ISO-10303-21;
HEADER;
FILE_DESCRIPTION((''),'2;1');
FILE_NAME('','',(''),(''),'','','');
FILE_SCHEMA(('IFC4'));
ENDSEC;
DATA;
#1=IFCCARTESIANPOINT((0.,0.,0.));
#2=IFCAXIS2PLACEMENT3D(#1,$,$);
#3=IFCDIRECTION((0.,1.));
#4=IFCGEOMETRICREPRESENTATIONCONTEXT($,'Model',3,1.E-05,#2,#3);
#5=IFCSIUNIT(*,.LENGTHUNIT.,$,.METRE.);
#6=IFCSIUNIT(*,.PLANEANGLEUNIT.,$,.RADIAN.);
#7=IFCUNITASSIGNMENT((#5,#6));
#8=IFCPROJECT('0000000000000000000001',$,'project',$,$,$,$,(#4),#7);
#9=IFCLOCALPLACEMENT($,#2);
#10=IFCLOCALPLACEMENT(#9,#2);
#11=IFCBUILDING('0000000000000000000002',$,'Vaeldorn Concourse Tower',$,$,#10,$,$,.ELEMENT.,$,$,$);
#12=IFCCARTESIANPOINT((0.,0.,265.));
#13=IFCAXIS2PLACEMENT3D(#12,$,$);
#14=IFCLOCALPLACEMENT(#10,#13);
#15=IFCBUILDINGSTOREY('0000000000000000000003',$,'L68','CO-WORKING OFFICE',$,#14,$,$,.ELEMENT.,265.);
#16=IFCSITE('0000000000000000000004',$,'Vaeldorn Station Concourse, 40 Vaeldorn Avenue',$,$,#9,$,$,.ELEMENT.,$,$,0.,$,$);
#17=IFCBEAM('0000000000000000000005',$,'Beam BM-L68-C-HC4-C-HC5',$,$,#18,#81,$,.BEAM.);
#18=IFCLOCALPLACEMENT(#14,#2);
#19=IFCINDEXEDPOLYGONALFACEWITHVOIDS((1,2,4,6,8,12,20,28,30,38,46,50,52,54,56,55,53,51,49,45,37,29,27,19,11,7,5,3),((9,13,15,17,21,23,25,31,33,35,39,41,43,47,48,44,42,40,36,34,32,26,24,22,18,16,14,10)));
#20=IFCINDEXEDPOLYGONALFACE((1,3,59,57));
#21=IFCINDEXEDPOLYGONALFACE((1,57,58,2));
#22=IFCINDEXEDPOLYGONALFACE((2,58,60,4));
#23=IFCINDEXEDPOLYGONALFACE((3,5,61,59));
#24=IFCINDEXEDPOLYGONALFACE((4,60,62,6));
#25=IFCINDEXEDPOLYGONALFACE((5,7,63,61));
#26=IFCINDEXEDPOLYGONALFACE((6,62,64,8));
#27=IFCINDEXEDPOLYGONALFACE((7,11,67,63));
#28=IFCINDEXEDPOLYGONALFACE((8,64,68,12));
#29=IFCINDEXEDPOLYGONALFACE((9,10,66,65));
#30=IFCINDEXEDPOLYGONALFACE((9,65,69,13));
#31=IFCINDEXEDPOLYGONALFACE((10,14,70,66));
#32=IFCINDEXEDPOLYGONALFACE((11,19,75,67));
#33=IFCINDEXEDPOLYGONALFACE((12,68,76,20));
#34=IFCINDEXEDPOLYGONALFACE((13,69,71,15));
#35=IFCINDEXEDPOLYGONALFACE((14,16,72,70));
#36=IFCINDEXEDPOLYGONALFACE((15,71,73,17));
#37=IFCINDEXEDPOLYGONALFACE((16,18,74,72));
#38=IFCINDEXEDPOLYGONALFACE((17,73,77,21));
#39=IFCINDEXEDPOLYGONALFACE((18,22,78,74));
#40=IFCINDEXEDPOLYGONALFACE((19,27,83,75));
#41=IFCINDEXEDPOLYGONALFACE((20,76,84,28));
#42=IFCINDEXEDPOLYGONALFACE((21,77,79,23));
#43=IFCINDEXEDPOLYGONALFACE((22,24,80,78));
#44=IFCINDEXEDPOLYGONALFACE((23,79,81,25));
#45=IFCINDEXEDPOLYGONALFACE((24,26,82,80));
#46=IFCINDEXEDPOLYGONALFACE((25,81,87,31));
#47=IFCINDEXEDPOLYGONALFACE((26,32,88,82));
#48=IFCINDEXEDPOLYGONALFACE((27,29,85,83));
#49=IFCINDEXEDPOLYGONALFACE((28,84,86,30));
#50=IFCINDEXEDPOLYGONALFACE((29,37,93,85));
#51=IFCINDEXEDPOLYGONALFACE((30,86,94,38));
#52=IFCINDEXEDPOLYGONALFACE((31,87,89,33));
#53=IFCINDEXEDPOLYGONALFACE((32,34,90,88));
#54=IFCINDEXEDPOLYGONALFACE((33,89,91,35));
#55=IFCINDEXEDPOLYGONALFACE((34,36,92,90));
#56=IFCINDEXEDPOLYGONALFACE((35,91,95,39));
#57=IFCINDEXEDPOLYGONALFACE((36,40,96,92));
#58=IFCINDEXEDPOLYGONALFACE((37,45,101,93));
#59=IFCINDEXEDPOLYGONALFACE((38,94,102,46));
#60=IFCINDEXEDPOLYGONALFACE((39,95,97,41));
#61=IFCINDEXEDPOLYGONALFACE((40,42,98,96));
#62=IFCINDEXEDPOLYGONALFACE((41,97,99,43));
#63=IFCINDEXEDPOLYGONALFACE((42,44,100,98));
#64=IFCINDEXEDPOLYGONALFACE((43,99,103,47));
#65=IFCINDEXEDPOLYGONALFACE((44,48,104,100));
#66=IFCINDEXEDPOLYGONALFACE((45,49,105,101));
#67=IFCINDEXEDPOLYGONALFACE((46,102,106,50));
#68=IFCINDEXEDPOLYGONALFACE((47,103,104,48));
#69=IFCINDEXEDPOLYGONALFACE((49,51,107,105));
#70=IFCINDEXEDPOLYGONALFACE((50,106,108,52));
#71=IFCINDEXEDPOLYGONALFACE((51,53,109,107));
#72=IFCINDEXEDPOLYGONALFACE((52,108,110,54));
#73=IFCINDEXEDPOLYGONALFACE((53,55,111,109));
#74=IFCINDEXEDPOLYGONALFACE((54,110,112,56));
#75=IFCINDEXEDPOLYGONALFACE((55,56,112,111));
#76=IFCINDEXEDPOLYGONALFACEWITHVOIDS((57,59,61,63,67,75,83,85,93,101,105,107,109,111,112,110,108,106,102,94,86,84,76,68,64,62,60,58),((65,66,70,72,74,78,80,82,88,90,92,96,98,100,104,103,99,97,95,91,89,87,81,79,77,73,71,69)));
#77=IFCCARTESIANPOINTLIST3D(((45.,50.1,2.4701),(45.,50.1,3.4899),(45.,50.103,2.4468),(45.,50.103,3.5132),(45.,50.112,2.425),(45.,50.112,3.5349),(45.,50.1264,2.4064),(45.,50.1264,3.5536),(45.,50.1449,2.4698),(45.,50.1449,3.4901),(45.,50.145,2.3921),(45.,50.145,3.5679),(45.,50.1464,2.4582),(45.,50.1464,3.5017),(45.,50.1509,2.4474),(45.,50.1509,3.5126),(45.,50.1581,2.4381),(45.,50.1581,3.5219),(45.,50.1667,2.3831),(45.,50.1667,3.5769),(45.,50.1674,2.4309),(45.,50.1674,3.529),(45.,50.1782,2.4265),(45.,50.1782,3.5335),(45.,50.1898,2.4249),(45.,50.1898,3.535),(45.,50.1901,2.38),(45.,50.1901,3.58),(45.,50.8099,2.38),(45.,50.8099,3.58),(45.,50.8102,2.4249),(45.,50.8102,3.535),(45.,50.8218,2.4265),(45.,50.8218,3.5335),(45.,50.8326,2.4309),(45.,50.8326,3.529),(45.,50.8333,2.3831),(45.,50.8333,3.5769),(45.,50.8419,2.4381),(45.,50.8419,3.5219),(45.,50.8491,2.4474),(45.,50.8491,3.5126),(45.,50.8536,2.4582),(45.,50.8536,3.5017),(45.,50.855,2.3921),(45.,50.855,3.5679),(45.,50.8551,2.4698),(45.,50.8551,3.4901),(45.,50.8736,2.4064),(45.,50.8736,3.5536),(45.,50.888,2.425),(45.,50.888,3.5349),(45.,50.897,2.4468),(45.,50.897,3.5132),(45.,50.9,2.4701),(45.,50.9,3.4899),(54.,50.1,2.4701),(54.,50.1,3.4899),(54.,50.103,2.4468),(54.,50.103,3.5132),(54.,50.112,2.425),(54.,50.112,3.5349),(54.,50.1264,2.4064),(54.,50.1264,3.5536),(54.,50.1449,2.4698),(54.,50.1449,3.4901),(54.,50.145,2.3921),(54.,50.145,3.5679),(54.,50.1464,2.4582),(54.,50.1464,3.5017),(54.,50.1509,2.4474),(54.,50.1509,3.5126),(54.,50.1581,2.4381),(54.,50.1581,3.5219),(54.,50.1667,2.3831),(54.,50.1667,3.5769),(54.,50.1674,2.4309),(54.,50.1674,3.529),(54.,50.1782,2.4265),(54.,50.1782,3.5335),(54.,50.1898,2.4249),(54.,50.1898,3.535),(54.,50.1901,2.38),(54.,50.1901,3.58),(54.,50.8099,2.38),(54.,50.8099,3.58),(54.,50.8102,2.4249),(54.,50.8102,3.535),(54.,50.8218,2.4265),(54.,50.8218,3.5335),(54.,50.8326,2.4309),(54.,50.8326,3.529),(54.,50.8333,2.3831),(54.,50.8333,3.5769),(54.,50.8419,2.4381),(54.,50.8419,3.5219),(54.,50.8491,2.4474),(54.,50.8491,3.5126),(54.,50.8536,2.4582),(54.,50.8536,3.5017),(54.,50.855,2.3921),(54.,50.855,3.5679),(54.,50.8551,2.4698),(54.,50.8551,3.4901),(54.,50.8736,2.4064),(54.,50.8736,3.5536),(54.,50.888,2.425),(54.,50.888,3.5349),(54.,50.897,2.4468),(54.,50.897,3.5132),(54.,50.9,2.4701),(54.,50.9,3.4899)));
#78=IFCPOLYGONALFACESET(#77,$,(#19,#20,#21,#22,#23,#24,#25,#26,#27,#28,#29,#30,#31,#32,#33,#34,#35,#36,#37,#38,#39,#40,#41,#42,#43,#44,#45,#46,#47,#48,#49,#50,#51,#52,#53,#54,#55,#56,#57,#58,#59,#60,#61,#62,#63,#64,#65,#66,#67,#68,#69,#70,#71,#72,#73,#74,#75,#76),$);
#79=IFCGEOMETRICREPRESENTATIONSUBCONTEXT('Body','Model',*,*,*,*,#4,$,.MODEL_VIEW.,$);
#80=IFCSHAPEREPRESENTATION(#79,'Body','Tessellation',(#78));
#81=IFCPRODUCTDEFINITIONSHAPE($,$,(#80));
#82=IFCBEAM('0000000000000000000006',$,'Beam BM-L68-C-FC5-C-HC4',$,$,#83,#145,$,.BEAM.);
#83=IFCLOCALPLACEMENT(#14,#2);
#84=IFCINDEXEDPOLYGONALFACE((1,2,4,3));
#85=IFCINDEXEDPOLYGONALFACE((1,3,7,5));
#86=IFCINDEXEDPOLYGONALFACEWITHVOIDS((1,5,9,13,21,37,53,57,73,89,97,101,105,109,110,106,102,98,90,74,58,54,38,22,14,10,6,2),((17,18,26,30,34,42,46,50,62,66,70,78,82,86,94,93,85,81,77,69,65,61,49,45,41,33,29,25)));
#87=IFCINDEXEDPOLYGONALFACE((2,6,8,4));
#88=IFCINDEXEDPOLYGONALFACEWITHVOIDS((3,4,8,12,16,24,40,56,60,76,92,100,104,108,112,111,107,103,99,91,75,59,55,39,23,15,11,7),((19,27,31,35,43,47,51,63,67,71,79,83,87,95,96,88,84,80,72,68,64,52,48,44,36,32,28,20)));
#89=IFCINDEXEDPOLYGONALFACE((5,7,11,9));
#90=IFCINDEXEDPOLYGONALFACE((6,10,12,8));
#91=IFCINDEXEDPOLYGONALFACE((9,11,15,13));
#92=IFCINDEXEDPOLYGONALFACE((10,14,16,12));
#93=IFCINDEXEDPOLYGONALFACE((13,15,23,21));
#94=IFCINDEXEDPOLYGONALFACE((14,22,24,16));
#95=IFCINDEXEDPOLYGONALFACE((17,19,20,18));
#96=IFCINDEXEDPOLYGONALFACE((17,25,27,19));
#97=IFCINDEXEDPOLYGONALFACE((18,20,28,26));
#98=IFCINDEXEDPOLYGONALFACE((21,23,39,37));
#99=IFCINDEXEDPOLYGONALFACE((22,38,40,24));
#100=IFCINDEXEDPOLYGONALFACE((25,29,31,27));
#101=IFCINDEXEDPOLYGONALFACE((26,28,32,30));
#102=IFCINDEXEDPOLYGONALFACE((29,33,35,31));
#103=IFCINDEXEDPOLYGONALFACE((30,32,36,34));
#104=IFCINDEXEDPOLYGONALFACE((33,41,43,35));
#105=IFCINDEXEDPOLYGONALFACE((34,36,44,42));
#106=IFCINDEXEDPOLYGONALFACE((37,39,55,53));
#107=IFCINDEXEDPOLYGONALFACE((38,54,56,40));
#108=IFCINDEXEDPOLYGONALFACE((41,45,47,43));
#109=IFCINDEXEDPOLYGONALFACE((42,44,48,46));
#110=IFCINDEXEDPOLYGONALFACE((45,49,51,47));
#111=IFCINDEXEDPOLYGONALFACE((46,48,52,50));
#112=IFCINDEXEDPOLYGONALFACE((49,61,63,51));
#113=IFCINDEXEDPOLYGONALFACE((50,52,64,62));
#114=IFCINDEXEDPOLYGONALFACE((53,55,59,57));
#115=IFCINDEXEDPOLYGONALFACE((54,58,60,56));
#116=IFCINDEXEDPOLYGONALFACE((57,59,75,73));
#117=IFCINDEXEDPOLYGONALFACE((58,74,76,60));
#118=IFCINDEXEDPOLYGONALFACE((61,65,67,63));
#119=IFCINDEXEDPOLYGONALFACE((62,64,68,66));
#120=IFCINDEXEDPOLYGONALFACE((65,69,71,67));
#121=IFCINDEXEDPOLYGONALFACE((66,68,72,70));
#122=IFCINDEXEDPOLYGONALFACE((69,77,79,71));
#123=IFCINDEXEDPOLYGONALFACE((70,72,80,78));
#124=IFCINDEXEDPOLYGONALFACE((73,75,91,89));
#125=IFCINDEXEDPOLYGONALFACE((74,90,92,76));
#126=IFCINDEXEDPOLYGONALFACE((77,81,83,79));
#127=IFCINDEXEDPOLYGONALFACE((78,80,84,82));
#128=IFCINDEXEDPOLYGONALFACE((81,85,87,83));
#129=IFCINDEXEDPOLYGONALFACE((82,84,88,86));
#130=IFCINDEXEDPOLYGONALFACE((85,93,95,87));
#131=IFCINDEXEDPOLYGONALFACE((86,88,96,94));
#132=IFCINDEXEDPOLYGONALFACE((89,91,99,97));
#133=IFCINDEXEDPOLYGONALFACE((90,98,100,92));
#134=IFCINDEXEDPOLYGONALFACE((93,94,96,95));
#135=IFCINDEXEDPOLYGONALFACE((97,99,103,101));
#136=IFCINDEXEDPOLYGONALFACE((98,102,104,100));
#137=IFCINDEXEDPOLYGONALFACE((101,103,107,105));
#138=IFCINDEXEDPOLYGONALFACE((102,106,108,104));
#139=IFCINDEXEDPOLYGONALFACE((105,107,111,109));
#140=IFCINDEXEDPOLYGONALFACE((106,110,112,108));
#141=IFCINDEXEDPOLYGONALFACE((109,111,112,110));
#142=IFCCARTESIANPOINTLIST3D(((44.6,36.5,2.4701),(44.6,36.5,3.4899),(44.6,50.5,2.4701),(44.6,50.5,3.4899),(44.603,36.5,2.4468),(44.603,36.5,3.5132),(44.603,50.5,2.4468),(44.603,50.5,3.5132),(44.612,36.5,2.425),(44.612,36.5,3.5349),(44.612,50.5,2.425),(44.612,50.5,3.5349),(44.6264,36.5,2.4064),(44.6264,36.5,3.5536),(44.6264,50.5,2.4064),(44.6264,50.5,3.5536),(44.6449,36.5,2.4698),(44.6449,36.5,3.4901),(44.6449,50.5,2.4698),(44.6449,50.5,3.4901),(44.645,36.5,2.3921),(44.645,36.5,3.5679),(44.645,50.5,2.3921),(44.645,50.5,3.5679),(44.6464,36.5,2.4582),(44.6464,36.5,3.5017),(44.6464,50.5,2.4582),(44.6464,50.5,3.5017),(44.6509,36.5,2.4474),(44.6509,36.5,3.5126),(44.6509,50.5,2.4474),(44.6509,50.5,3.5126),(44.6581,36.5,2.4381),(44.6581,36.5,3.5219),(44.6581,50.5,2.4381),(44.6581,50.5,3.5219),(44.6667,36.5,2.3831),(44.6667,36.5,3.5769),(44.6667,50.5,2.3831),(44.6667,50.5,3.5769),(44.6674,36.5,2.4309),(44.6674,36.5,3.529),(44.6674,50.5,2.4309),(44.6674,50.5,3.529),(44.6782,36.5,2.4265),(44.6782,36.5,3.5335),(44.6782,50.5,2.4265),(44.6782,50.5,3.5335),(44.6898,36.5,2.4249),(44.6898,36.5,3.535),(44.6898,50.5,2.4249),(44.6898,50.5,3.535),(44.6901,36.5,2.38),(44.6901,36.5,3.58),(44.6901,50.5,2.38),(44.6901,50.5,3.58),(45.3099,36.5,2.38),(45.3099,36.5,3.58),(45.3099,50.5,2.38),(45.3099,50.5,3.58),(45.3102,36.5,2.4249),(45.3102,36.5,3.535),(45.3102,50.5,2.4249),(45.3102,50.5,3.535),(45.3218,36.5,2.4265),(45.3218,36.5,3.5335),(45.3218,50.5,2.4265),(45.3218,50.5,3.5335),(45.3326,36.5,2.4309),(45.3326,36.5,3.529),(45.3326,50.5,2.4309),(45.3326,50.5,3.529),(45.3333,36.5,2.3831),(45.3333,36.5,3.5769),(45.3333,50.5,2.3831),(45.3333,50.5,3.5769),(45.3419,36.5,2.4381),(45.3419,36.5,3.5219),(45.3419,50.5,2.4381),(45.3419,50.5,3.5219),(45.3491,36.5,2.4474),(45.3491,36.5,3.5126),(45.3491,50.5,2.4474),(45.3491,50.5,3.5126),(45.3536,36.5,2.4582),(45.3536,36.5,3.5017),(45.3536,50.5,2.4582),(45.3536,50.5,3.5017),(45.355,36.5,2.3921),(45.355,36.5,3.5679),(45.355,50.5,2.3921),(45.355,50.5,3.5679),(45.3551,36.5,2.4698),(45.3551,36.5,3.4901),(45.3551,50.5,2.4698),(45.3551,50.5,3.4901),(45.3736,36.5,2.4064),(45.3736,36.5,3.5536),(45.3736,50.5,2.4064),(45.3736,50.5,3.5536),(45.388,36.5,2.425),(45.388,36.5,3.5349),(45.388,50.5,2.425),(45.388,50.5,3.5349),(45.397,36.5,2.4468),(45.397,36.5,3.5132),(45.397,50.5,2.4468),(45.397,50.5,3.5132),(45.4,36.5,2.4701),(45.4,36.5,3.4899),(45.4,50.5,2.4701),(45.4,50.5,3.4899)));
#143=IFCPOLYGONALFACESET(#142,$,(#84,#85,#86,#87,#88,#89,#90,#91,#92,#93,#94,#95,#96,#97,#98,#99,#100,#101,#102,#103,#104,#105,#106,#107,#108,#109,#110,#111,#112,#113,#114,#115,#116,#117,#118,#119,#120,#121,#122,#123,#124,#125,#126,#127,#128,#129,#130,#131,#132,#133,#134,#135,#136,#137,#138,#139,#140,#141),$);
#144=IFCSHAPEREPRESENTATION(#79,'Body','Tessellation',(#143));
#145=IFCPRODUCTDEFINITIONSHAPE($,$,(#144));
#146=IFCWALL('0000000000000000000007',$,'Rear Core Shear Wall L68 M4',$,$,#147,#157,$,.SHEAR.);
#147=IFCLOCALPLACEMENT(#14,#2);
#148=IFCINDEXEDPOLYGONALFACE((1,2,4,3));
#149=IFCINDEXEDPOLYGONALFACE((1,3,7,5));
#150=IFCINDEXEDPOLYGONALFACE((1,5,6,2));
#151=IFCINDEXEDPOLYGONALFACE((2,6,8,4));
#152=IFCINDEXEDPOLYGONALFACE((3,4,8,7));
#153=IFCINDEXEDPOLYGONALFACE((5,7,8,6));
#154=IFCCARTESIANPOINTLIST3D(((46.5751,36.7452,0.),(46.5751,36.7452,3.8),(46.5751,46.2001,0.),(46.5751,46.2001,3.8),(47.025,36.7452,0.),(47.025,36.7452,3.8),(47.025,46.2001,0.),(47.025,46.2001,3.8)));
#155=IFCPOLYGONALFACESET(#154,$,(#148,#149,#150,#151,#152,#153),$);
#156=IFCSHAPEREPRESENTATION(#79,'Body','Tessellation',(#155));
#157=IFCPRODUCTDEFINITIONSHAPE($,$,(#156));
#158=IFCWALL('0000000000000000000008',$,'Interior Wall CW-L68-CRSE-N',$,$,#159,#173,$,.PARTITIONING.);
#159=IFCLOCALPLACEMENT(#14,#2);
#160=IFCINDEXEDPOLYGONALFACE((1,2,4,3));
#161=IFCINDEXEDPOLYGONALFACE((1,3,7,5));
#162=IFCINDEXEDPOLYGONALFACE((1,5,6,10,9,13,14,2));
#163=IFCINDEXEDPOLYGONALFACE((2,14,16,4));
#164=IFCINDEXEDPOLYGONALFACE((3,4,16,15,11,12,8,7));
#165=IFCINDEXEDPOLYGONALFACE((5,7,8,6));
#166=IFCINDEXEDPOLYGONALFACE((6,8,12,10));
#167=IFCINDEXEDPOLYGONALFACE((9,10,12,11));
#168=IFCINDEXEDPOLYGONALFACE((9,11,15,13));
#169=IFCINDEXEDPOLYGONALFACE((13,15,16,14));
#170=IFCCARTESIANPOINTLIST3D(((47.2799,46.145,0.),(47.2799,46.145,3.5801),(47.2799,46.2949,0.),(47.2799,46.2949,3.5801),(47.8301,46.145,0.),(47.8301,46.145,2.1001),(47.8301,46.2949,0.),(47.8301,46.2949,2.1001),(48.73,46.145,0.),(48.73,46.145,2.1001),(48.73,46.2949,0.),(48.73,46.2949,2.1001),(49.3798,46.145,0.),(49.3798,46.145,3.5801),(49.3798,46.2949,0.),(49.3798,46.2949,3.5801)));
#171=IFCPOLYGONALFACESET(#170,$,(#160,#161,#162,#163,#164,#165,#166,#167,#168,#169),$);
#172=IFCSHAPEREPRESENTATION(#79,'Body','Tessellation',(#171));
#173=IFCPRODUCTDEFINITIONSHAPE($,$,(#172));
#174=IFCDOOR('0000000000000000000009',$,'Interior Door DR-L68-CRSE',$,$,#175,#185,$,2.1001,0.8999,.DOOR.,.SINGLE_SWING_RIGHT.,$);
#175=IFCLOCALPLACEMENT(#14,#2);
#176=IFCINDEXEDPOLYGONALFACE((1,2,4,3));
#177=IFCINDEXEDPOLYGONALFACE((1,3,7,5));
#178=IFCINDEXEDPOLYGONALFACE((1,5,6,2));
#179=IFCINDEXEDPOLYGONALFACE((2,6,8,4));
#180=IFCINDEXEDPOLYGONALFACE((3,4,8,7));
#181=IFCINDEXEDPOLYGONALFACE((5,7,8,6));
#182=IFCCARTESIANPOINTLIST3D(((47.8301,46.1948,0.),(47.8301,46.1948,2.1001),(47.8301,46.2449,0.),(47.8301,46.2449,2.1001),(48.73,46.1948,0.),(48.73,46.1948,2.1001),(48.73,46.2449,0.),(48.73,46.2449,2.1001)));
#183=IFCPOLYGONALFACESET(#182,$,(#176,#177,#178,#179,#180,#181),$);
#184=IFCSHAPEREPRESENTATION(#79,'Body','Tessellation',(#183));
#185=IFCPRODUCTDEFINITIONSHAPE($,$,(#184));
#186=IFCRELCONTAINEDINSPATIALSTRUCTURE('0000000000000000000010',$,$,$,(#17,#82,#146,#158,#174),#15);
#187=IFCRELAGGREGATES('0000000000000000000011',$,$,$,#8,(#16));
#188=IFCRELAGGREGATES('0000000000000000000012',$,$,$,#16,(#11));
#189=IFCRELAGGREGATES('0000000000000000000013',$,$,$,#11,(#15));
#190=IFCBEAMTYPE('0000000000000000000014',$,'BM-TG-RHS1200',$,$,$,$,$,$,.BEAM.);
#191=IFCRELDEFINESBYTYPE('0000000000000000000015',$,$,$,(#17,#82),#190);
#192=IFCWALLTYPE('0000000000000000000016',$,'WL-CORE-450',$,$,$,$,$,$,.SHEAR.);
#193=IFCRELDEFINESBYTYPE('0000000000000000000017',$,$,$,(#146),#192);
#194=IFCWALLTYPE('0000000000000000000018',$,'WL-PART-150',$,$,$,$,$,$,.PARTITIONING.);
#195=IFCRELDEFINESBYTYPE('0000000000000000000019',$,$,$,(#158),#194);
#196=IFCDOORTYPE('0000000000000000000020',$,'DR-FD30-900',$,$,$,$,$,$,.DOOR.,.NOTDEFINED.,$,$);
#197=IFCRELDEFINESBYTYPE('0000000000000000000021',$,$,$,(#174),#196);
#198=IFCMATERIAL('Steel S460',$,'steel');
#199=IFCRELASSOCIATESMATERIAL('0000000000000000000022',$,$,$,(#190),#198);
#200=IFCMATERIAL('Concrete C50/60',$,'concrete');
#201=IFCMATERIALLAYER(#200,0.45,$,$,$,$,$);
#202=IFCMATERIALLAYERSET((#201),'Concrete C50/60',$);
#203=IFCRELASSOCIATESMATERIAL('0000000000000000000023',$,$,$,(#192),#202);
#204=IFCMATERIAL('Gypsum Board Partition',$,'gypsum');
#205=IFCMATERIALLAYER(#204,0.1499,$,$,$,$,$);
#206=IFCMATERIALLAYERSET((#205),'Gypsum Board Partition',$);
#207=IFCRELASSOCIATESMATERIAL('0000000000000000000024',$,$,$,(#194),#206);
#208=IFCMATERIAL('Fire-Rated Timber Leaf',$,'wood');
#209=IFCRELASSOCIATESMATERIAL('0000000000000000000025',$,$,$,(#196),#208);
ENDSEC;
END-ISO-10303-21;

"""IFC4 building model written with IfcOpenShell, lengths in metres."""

from ifc_helpers import new_model, si_unit, direction, frame, frame_2d, origin, origin_2d, place, context, subcontext, project, spatial, rectangle, hollow_rectangle, extrude, source, transform, mapped, material, layer, layer_set, material_profile, profile_set, type_object, element, fill, save


model = new_model("IFC4")

# Units and contexts
model_context = context("Model", 3, precision=1e-05, world=origin(), true_north=direction((0.0, 1.0)))
body_context = subcontext(model_context, "Body", "Model", "MODEL_VIEW")
ifc_project = project(units=[si_unit("LENGTHUNIT", "METRE"), si_unit("PLANEANGLEUNIT", "RADIAN")], contexts=[model_context])

# Site, building, storey
site_placement = place(None, origin())
site = spatial("IfcSite", under=ifc_project, at=site_placement, Name="Vaeldorn Station Concourse, 40 Vaeldorn Avenue", CompositionType="ELEMENT", RefElevation=0.0)
building_placement = place(site_placement, origin())
building = spatial("IfcBuilding", under=site, at=building_placement, Name="Vaeldorn Concourse Tower", CompositionType="ELEMENT")
storey_placement = place(building_placement, frame((0.0, 0.0, 265.0)))
storey = spatial("IfcBuildingStorey", under=building, at=storey_placement, Name="L68", Description="CO-WORKING OFFICE", CompositionType="ELEMENT", Elevation=265.0)

# Shared definitions
ifc_material_1 = material(Name="Steel S460", Category="steel")

# Beams
ifc_material_2 = material(Name="Concrete C50/60", Category="concrete")
ifc_material_profile_1 = material_profile(ifc_material_1, hollow_rectangle(XDim=0.8, YDim=1.2, WallThickness=0.0449, InnerFilletRadius=0.0449, OuterFilletRadius=0.0901, at=origin_2d()), Name="RHS 1200x800x45")
ifc_profile_set_1 = profile_set([ifc_material_profile_1], Name="Steel S460")
beam_type_1 = type_object("IfcBeamType", Name="BM-TG-RHS1200", PredefinedType="BEAM", material=ifc_profile_set_1)
shared_shape_1 = source(origin(), body_context, "Body", "SweptSolid", [
    extrude(hollow_rectangle(XDim=0.8, YDim=1.2, WallThickness=0.0449, InnerFilletRadius=0.0449, OuterFilletRadius=0.0901, at=origin_2d()), origin(), (0.0, 0.0, 1.0), 9.0),
])
beam_1_placement = place(storey_placement, frame((45.0, 50.5, 2.98), z_axis=(1.0, 0.0, 0.0), x_axis=(0.0, 1.0, 0.0)))
element("IfcBeam", 1, at=beam_1_placement, inside=storey, type_object=beam_type_1, Name="Beam BM-L68-C-HC4-C-HC5", PredefinedType="BEAM", context=body_context, shape_type="MappedRepresentation", body=[
    mapped(shared_shape_1, transform((0.0, 0.0, 0.0), scale=1.0)),
])
shared_shape_2 = source(origin(), body_context, "Body", "SweptSolid", [
    extrude(hollow_rectangle(XDim=0.8, YDim=1.2, WallThickness=0.0449, InnerFilletRadius=0.0449, OuterFilletRadius=0.0901, at=origin_2d()), origin(), (0.0, 0.0, 1.0), 14.0),
])
beam_2_placement = place(storey_placement, frame((45.0, 36.5, 2.98), z_axis=(0.0, 1.0, 0.0), x_axis=(-1.0, 0.0, 0.0)))
element("IfcBeam", 2, at=beam_2_placement, inside=storey, type_object=beam_type_1, Name="Beam BM-L68-C-FC5-C-HC4", PredefinedType="BEAM", context=body_context, shape_type="MappedRepresentation", body=[
    mapped(shared_shape_2, transform((0.0, 0.0, 0.0), scale=1.0)),
])

# Wall
ifc_layer_1 = layer(ifc_material_2, 0.45)
ifc_layer_set_1 = layer_set([ifc_layer_1], Name="Concrete C50/60")
wall_type_1 = type_object("IfcWallType", Name="WL-CORE-450", PredefinedType="SHEAR", material=ifc_layer_set_1)
wall_1_placement = place(storey_placement, frame((46.8, 36.7451, 0.0), z_axis=(0.0, 0.0, 1.0), x_axis=(0.0, 1.0, 0.0)))
element("IfcWall", 3, at=wall_1_placement, inside=storey, type_object=wall_type_1, Name="Rear Core Shear Wall L68 M4", PredefinedType="SHEAR", context=body_context, shape_type="SweptSolid", body=[
    extrude(rectangle(XDim=9.4548, YDim=0.45, at=frame_2d((4.7275, 0.0))), origin(), (0.0, 0.0, 1.0), 3.8),
])

# Wall, opening, door
ifc_material_3 = material(Name="Gypsum Board Partition", Category="gypsum")
ifc_layer_2 = layer(ifc_material_3, 0.1499)
ifc_layer_set_2 = layer_set([ifc_layer_2], Name="Gypsum Board Partition")
wall_type_2 = type_object("IfcWallType", Name="WL-PART-150", PredefinedType="PARTITIONING", material=ifc_layer_set_2)
wall_2_placement = place(storey_placement, frame((47.28, 46.22, 0.0), z_axis=(0.0, 0.0, 1.0), x_axis=(1.0, 0.0, 0.0)))
wall_2 = element("IfcWall", 4, at=wall_2_placement, inside=storey, type_object=wall_type_2, Name="Interior Wall CW-L68-CRSE-N", PredefinedType="PARTITIONING", context=body_context, shape_type="SweptSolid", body=[
    extrude(rectangle(XDim=2.0999, YDim=0.1499, at=frame_2d((1.0498, 0.0))), origin(), (0.0, 0.0, 1.0), 3.5801),
])
opening_1_placement = place(wall_2_placement, frame((0.55, 0.0, 0.0)))
opening_1 = element("IfcOpeningElement", 5, at=opening_1_placement, cuts=wall_2, PredefinedType="OPENING", context=body_context, shape_type="SweptSolid", body=[
    extrude(rectangle(XDim=0.8999, YDim=2.1001, at=frame_2d((0.45, 1.05))), frame((0.0, 0.085, 0.0), z_axis=(0.0, -1.0, 0.0), x_axis=(1.0, 0.0, 0.0)), (0.0, 0.0, 1.0), 0.1699),
])
ifc_material_4 = material(Name="Fire-Rated Timber Leaf", Category="wood")
door_type_1 = type_object("IfcDoorType", Name="DR-FD30-900", OperationType="NOTDEFINED", PredefinedType="DOOR", material=ifc_material_4)
shared_shape_3 = source(origin(), body_context, "Body", "SweptSolid", [
    extrude(rectangle(XDim=0.8999, YDim=2.1001, at=frame_2d((0.45, 1.05))), frame((0.0, 0.0249, 0.0), z_axis=(0.0, -1.0, 0.0), x_axis=(1.0, 0.0, 0.0)), (0.0, 0.0, 1.0), 0.05),
])
door_1_placement = place(opening_1_placement, origin())
door_1 = element("IfcDoor", 6, at=door_1_placement, inside=storey, type_object=door_type_1, Name="Interior Door DR-L68-CRSE", OperationType="SINGLE_SWING_RIGHT", OverallHeight=2.1001, OverallWidth=0.8999, PredefinedType="DOOR", context=body_context, shape_type="MappedRepresentation", body=[
    mapped(shared_shape_3, transform((0.0, 0.0, 0.0), scale=1.0)),
])
fill(opening_1, door_1)

save(model, "model.ifc")
